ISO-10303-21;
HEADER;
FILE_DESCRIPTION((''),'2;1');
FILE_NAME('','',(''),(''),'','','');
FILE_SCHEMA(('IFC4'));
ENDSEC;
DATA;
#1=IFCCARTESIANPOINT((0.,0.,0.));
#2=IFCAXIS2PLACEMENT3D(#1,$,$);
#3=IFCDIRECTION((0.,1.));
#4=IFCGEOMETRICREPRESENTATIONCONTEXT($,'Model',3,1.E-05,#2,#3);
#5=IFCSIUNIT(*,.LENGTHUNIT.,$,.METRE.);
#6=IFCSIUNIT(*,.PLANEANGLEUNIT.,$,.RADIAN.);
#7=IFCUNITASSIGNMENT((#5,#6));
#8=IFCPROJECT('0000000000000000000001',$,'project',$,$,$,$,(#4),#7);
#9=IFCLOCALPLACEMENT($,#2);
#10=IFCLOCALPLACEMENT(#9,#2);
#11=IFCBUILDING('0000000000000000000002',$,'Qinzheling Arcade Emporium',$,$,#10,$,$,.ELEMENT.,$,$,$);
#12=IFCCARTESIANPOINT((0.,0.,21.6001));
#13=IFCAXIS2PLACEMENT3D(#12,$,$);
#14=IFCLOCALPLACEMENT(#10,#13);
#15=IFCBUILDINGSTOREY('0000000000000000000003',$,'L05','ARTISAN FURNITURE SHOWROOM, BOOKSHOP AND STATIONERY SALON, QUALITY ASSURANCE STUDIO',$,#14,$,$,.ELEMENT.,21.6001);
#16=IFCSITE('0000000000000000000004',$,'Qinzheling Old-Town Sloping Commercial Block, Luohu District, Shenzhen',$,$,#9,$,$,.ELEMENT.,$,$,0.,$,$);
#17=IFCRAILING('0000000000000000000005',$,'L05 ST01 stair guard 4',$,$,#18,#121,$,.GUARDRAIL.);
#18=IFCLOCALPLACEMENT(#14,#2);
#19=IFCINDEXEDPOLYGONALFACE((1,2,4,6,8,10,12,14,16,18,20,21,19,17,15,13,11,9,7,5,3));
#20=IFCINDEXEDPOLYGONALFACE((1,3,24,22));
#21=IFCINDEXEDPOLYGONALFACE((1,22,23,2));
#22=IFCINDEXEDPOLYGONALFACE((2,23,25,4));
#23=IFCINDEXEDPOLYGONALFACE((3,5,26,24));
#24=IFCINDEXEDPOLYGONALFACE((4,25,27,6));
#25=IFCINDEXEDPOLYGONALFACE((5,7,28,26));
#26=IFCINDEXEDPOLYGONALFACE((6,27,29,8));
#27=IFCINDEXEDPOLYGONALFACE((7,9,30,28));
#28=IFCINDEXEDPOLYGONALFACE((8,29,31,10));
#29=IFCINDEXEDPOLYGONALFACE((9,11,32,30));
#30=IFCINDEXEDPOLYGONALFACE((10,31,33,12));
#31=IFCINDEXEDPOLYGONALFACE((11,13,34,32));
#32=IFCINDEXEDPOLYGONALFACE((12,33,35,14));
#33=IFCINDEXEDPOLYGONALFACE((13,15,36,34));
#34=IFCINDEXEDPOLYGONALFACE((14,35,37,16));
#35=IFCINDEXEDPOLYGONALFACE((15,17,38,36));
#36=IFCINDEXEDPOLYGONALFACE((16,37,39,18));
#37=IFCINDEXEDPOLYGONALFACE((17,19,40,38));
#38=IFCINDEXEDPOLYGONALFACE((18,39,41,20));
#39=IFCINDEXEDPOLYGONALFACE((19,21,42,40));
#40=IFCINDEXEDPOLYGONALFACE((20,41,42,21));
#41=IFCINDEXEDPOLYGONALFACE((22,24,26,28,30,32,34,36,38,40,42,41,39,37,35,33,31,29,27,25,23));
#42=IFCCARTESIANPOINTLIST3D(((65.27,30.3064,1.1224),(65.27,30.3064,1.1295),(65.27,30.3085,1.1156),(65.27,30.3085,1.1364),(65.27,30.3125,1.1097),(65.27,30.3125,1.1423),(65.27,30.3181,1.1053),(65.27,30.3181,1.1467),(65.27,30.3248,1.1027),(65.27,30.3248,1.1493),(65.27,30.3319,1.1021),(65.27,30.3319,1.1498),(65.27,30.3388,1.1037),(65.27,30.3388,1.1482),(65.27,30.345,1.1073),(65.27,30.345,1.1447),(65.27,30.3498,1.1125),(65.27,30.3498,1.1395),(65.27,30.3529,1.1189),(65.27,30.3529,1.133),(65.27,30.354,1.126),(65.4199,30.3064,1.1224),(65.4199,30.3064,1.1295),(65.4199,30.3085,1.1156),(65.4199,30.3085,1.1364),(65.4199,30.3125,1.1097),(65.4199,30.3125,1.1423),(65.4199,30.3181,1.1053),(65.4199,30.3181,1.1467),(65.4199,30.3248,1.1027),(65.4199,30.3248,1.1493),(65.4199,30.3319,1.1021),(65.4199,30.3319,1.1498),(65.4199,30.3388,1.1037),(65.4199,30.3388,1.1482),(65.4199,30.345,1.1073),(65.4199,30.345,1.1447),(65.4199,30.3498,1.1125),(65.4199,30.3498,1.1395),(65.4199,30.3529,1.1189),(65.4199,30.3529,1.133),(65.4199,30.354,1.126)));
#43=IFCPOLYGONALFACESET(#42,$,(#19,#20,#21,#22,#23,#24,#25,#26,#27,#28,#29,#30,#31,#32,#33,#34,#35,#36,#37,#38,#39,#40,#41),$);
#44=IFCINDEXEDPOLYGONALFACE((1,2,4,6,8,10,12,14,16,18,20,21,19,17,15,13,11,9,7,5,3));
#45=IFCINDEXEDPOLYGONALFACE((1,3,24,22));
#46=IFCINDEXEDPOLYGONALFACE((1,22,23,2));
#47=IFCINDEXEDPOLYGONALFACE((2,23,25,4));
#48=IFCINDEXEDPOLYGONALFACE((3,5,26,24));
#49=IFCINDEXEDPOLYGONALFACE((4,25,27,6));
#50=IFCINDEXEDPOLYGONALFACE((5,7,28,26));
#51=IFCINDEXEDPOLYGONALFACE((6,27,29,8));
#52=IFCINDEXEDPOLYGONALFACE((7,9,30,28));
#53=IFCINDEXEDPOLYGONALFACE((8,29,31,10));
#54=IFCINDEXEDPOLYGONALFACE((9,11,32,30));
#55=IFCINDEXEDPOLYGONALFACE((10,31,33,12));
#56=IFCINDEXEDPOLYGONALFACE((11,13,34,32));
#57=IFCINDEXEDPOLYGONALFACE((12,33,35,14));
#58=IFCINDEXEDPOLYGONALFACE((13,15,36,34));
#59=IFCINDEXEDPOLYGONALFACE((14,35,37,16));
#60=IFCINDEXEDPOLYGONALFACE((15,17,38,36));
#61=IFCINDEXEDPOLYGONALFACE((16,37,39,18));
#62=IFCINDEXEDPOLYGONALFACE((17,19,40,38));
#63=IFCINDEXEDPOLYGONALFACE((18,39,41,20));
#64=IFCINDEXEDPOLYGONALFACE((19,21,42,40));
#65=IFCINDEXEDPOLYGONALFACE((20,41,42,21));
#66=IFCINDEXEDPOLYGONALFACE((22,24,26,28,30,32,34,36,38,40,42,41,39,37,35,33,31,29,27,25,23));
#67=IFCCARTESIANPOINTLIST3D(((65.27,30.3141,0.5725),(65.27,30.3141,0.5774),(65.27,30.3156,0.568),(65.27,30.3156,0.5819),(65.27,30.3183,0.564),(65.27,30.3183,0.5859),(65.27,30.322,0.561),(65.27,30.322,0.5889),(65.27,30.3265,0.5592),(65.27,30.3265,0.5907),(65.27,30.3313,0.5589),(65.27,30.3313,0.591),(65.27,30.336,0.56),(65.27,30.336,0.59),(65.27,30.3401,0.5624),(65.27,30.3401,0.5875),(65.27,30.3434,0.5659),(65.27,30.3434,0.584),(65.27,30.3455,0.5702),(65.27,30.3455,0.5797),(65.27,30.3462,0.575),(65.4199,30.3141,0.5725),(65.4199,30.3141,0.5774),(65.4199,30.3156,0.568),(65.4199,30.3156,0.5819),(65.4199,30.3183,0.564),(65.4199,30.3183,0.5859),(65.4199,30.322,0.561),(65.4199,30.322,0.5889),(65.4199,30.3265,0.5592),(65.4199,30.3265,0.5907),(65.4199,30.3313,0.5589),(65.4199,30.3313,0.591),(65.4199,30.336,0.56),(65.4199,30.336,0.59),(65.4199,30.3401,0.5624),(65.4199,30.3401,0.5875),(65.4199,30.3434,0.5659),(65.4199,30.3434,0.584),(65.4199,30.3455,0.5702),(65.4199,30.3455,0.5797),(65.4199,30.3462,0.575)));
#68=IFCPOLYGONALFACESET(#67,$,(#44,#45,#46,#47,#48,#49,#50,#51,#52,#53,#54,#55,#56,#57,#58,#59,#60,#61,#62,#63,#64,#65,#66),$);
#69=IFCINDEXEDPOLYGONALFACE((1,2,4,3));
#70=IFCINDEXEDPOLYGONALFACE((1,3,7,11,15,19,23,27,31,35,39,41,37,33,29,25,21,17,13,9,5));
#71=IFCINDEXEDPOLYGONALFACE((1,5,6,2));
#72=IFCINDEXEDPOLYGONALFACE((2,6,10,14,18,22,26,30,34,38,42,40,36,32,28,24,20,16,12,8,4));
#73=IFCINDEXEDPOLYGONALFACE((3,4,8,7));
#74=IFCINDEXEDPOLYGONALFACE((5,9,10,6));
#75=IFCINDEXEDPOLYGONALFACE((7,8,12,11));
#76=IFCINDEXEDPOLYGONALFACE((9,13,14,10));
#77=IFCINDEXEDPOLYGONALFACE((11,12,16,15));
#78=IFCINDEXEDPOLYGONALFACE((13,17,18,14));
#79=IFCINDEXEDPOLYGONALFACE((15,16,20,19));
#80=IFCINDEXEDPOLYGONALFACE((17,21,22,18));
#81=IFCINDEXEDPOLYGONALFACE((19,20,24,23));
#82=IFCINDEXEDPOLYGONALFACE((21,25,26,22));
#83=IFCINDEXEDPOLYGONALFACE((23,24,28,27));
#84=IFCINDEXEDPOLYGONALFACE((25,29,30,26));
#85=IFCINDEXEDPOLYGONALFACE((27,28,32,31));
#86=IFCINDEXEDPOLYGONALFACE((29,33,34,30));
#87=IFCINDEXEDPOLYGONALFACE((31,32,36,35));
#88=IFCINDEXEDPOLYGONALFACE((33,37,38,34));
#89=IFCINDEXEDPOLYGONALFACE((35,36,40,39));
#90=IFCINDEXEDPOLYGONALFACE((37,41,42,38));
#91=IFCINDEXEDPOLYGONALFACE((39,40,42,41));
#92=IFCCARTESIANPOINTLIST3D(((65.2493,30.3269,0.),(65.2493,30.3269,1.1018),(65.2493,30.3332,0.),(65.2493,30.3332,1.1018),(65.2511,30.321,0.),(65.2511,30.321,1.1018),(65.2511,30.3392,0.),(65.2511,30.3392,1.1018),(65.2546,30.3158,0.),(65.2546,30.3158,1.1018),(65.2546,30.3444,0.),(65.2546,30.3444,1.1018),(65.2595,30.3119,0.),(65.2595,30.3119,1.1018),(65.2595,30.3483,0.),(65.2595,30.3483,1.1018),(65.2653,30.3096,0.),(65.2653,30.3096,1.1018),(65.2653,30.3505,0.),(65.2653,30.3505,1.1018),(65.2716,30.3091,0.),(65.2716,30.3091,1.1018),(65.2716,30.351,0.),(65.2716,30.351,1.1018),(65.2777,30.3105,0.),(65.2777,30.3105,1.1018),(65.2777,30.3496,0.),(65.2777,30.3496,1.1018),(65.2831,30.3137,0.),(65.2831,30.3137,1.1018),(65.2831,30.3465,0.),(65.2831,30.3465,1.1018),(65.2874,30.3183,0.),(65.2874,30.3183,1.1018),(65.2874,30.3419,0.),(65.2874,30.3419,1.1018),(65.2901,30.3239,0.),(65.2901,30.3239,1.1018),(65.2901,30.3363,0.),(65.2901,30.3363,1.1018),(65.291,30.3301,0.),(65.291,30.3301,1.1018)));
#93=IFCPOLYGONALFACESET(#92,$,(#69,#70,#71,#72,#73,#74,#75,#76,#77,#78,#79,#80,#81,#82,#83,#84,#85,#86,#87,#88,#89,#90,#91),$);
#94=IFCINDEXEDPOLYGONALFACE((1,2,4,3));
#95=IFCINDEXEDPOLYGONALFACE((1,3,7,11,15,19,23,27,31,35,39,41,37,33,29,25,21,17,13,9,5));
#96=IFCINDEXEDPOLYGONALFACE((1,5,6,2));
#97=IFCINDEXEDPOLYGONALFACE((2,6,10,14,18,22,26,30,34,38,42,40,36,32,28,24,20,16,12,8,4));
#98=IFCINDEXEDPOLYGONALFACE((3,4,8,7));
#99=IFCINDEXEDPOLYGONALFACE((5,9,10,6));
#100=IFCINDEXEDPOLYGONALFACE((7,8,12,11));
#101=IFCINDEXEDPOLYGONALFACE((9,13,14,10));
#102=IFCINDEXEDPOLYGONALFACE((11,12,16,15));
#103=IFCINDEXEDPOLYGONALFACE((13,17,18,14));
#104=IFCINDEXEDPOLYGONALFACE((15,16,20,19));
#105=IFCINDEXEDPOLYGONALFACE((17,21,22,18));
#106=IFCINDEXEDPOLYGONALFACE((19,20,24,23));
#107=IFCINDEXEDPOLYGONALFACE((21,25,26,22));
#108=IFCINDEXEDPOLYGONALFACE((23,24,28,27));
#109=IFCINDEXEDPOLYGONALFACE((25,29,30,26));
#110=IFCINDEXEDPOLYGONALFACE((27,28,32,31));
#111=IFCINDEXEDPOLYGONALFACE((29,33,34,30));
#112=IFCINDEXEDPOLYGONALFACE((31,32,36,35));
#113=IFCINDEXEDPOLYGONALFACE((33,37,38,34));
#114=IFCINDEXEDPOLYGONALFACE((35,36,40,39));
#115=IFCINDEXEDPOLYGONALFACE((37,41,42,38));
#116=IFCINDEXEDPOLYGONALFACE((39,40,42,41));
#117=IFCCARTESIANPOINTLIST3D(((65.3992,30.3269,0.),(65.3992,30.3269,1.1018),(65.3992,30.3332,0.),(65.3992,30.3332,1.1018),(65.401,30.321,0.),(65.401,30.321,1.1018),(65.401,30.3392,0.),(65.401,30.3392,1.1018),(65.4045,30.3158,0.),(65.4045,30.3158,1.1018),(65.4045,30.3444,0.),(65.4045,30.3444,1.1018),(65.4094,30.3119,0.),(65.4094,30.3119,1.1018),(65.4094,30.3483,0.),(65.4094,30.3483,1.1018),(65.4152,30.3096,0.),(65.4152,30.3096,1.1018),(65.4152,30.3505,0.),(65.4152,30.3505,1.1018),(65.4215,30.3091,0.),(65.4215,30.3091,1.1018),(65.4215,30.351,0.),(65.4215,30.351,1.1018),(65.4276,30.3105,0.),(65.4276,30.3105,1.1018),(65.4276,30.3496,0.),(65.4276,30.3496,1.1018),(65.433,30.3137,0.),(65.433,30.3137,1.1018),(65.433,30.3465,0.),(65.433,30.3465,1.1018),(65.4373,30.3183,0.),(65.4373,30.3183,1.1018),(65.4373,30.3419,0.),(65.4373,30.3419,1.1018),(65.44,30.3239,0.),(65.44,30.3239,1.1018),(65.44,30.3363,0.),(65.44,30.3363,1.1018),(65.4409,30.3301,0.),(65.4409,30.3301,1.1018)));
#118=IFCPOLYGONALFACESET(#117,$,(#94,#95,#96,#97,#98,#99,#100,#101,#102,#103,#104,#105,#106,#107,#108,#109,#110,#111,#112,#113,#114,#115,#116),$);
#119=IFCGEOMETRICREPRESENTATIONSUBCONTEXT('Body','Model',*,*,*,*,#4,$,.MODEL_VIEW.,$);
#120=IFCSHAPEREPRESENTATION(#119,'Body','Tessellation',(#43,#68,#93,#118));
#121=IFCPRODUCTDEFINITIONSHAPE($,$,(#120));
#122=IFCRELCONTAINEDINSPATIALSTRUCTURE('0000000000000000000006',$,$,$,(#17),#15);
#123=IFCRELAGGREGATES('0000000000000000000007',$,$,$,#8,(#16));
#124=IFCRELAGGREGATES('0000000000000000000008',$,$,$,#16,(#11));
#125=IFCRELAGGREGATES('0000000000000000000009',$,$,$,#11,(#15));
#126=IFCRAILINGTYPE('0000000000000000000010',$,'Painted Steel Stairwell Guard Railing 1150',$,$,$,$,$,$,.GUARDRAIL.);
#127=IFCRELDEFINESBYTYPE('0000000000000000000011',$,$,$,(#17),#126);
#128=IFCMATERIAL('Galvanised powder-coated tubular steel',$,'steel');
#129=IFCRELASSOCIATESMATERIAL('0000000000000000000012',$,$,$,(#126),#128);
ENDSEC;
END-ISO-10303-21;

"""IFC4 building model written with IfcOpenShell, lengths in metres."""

from ifc_helpers import new_model, si_unit, direction, frame, origin, origin_2d, place, context, subcontext, project, spatial, circle, extrude, material, type_object, element, save


model = new_model("IFC4")

# Units and contexts
model_context = context("Model", 3, precision=1e-05, world=origin(), true_north=direction((0.0, 1.0)))
body_context = subcontext(model_context, "Body", "Model", "MODEL_VIEW")
ifc_project = project(units=[si_unit("LENGTHUNIT", "METRE"), si_unit("PLANEANGLEUNIT", "RADIAN")], contexts=[model_context])

# Site, building, storey
site_placement = place(None, origin())
site = spatial("IfcSite", under=ifc_project, at=site_placement, Name="Qinzheling Old-Town Sloping Commercial Block, Luohu District, Shenzhen", CompositionType="ELEMENT", RefElevation=0.0)
building_placement = place(site_placement, origin())
building = spatial("IfcBuilding", under=site, at=building_placement, Name="Qinzheling Arcade Emporium", CompositionType="ELEMENT")
storey_placement = place(building_placement, frame((0.0, 0.0, 21.6001)))
storey = spatial("IfcBuildingStorey", under=building, at=storey_placement, Name="L05", Description="ARTISAN FURNITURE SHOWROOM, BOOKSHOP AND STATIONERY SALON, QUALITY ASSURANCE STUDIO", CompositionType="ELEMENT", Elevation=21.6001)

# Railing
ifc_material_1 = material(Name="Galvanised powder-coated tubular steel", Category="steel")
railing_type_1 = type_object("IfcRailingType", Name="Painted Steel Stairwell Guard Railing 1150", PredefinedType="GUARDRAIL", material=ifc_material_1)
railing_1_placement = place(storey_placement, frame((65.27, 30.3301, 0.0)))
element("IfcRailing", 1, at=railing_1_placement, inside=storey, type_object=railing_type_1, Name="L05 ST01 stair guard 4", PredefinedType="GUARDRAIL", context=body_context, shape_type="SweptSolid", body=[
    extrude(circle(Radius=0.0239, at=origin_2d()), frame((0.0, 0.0, 1.126), z_axis=(1.0, 0.0, 0.0), x_axis=(0.0, 1.0, 0.0)), (0.0, 0.0, 1.0), 0.1499),
    extrude(circle(Radius=0.0161, at=origin_2d()), frame((0.0, 0.0, 0.575), z_axis=(1.0, 0.0, 0.0), x_axis=(0.0, 1.0, 0.0)), (0.0, 0.0, 1.0), 0.1499),
    extrude(circle(Radius=0.021, at=origin_2d()), origin(), (0.0, 0.0, 1.0), 1.1018),
    extrude(circle(Radius=0.021, at=origin_2d()), frame((0.1499, 0.0, 0.0)), (0.0, 0.0, 1.0), 1.1018),
])

save(model, "model.ifc")
